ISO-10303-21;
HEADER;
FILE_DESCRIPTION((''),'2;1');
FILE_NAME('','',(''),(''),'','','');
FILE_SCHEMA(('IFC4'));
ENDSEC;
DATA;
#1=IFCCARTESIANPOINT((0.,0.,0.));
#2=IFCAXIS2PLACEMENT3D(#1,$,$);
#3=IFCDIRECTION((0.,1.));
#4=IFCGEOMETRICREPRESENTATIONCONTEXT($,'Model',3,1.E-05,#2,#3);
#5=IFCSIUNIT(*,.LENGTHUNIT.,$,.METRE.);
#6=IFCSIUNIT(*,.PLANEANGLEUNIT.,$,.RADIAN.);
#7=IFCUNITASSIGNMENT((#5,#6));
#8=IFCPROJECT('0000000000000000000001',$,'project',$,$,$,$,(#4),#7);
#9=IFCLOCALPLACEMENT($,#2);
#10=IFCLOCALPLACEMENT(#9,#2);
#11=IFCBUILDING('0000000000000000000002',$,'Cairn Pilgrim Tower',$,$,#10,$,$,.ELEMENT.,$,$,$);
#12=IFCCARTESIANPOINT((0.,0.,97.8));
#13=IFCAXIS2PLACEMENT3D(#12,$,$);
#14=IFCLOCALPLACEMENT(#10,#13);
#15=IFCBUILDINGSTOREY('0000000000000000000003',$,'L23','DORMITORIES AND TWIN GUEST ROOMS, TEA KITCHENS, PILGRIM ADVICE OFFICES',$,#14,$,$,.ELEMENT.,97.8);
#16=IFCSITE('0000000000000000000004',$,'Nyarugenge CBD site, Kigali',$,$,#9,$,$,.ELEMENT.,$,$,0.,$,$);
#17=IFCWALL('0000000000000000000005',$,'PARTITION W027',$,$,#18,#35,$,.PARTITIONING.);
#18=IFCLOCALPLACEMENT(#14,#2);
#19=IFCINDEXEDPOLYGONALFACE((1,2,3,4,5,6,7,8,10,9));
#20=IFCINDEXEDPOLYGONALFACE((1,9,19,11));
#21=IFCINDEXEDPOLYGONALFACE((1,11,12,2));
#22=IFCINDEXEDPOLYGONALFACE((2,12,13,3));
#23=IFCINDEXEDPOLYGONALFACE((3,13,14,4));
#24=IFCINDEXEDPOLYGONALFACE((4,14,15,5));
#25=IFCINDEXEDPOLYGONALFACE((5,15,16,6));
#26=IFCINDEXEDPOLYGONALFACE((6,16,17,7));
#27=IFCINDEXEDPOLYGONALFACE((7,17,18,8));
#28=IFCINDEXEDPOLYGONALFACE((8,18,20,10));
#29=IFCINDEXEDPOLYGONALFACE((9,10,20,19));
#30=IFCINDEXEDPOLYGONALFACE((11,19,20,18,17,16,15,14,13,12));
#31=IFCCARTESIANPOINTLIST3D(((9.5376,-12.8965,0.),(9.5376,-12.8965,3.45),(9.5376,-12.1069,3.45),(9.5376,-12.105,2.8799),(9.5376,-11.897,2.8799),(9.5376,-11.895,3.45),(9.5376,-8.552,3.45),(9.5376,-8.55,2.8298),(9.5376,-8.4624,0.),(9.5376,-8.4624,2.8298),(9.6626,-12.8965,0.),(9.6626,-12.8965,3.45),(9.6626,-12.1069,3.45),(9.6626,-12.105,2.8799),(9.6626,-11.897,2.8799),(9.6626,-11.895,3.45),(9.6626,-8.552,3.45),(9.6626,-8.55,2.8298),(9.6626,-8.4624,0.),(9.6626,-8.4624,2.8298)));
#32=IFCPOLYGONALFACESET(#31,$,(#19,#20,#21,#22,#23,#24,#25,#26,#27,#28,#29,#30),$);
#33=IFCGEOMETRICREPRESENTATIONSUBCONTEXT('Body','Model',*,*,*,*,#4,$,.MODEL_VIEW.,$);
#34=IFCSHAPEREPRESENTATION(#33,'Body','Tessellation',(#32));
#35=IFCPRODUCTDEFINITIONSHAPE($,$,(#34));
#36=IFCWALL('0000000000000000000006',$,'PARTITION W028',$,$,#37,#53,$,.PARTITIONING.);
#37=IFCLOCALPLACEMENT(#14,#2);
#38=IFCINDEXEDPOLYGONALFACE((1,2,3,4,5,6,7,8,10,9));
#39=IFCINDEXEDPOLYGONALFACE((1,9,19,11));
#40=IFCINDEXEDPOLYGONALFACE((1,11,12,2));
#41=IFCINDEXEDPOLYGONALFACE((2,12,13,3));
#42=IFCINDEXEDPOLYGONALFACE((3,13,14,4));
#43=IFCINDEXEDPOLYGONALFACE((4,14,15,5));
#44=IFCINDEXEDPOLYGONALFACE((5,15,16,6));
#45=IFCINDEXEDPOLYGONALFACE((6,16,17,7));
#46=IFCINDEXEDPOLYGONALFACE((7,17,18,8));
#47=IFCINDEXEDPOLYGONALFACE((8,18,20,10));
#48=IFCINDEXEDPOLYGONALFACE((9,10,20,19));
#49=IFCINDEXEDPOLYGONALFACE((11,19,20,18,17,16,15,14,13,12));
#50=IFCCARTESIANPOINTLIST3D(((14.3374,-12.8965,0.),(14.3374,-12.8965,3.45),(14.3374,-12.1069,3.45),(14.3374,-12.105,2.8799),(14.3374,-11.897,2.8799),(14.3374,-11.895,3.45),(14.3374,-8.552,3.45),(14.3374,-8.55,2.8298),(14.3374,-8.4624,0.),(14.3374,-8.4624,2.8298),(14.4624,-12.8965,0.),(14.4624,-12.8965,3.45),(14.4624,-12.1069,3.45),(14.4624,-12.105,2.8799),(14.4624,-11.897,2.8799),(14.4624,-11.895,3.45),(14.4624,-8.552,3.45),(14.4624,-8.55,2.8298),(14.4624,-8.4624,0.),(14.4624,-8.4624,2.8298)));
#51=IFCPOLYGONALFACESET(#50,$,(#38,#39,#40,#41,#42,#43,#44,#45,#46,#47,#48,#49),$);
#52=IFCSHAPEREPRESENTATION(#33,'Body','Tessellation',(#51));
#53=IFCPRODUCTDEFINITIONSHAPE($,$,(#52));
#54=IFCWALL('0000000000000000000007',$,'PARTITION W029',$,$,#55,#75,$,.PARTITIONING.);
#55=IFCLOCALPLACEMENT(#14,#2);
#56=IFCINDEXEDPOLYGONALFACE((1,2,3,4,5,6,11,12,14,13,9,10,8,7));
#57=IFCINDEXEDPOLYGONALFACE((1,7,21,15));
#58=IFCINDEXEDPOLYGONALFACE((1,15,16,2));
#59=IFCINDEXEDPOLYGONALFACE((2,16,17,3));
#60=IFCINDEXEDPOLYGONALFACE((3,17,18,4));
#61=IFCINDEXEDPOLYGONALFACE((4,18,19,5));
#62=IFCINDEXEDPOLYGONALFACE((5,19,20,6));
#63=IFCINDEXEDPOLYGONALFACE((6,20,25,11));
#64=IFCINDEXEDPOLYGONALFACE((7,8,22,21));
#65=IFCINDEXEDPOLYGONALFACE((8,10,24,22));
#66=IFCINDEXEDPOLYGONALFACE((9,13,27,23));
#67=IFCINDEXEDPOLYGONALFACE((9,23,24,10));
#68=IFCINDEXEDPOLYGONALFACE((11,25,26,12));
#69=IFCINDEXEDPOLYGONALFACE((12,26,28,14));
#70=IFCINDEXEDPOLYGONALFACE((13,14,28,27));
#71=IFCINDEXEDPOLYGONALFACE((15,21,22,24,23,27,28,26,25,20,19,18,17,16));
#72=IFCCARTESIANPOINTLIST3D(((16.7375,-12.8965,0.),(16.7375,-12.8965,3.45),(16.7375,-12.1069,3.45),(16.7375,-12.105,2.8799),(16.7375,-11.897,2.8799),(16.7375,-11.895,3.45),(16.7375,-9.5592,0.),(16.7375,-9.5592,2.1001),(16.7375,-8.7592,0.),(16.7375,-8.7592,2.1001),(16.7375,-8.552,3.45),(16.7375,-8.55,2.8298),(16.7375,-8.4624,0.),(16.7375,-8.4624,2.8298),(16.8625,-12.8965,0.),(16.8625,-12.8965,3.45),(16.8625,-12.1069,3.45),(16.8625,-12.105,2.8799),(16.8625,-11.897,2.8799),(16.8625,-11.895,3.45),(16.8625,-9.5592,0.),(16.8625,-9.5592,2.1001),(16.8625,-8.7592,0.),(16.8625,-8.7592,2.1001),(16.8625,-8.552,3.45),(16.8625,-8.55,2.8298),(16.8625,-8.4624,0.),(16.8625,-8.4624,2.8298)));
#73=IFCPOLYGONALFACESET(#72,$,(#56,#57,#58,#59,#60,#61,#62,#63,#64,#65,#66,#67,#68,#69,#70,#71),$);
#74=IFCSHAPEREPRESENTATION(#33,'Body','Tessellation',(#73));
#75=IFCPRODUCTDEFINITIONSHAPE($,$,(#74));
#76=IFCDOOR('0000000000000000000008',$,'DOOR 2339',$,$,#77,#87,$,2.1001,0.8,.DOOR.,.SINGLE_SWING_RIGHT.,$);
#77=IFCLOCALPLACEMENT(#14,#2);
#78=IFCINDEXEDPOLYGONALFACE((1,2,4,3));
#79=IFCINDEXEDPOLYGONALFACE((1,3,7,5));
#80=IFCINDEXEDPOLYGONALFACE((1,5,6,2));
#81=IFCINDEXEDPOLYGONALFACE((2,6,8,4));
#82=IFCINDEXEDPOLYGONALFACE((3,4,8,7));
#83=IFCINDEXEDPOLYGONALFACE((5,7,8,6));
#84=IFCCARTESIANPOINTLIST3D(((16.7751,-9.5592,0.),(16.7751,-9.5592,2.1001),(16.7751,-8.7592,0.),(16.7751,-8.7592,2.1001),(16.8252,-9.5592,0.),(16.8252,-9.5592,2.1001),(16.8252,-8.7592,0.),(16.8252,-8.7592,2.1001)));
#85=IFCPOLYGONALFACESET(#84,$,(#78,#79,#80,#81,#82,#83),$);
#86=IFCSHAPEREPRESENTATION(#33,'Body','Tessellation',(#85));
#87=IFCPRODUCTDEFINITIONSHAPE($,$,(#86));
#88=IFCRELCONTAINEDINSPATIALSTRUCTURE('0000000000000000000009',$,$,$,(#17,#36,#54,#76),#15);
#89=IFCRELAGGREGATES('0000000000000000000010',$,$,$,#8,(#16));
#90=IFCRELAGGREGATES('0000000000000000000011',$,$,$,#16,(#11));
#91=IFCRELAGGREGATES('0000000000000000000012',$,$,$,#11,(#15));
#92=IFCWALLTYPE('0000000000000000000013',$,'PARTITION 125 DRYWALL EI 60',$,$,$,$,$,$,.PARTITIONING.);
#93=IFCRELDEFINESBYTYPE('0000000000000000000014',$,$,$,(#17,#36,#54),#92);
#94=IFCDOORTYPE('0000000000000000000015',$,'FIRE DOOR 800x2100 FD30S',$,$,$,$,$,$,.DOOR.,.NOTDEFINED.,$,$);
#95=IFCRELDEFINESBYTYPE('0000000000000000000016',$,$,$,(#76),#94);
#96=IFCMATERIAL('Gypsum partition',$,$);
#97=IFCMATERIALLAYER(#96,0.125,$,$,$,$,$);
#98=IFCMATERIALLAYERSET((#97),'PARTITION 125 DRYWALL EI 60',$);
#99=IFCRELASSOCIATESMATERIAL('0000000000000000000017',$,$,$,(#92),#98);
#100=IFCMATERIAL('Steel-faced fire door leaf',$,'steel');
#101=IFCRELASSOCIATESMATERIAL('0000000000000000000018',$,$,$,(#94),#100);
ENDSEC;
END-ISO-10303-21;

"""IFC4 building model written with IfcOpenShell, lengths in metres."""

from ifc_helpers import new_model, si_unit, direction, frame, frame_2d, origin, place, context, subcontext, project, spatial, polyline, rectangle, outline, extrude, material, layer, layer_set, type_object, element, fill, save


model = new_model("IFC4")

# Units and contexts
model_context = context("Model", 3, precision=1e-05, world=origin(), true_north=direction((0.0, 1.0)))
body_context = subcontext(model_context, "Body", "Model", "MODEL_VIEW")
ifc_project = project(units=[si_unit("LENGTHUNIT", "METRE"), si_unit("PLANEANGLEUNIT", "RADIAN")], contexts=[model_context])

# Site, building, storey
site_placement = place(None, origin())
site = spatial("IfcSite", under=ifc_project, at=site_placement, Name="Nyarugenge CBD site, Kigali", CompositionType="ELEMENT", RefElevation=0.0)
building_placement = place(site_placement, origin())
building = spatial("IfcBuilding", under=site, at=building_placement, Name="Cairn Pilgrim Tower", CompositionType="ELEMENT")
storey_placement = place(building_placement, frame((0.0, 0.0, 97.8)))
storey = spatial("IfcBuildingStorey", under=building, at=storey_placement, Name="L23", Description="DORMITORIES AND TWIN GUEST ROOMS, TEA KITCHENS, PILGRIM ADVICE OFFICES", CompositionType="ELEMENT", Elevation=97.8)

# Shared definitions
ifc_material_1 = material(Name="Gypsum partition")
ifc_layer_1 = layer(ifc_material_1, 0.125)
ifc_layer_set_1 = layer_set([ifc_layer_1], Name="PARTITION 125 DRYWALL EI 60")
wall_type_1 = type_object("IfcWallType", Name="PARTITION 125 DRYWALL EI 60", PredefinedType="PARTITIONING", material=ifc_layer_set_1)

# Shared definitions
ifc_material_2 = material(Name="Steel-faced fire door leaf", Category="steel")
door_type_1 = type_object("IfcDoorType", Name="FIRE DOOR 800x2100 FD30S", OperationType="NOTDEFINED", PredefinedType="DOOR", material=ifc_material_2)

# Walls
for number, where, z_axis, x_axis, name in (
    (1, (9.6001, -12.8965, 0.0), (0.0, 0.0, 1.0), (0.0, 1.0, 0.0), "PARTITION W027"),
    (2, (14.3999, -12.8965, 0.0), (0.0, 0.0, 1.0), (0.0, 1.0, 0.0), "PARTITION W028"),
):
    element("IfcWall", number, at=place(storey_placement, frame(where, z_axis=z_axis, x_axis=x_axis)), inside=storey, type_object=wall_type_1, Name=name, PredefinedType="PARTITIONING", context=body_context, shape_type="SweptSolid", body=[
        extrude(outline(polyline([(0.0, 0.0), (4.4341, 0.0), (4.4341, 2.8298), (4.3464, 2.8298), (4.3445, 3.45), (1.0015, 3.45), (0.9995, 2.8799), (0.7915, 2.8799), (0.7896, 3.45), (0.0, 3.45), (0.0, 0.0)])), frame((0.0, 0.0625, 0.0), z_axis=(0.0, -1.0, 0.0), x_axis=(1.0, 0.0, 0.0)), (0.0, 0.0, 1.0), 0.125),
    ])

# Wall, opening, door
wall_1_placement = place(storey_placement, frame((16.8, -12.8965, 0.0), z_axis=(0.0, 0.0, 1.0), x_axis=(0.0, 1.0, 0.0)))
wall_1 = element("IfcWall", 3, at=wall_1_placement, inside=storey, type_object=wall_type_1, Name="PARTITION W029", PredefinedType="PARTITIONING", context=body_context, shape_type="SweptSolid", body=[
    extrude(outline(polyline([(0.0, 0.0), (4.4341, 0.0), (4.4341, 2.8298), (4.3464, 2.8298), (4.3445, 3.45), (1.0015, 3.45), (0.9995, 2.8799), (0.7915, 2.8799), (0.7896, 3.45), (0.0, 3.45), (0.0, 0.0)])), frame((0.0, 0.0625, 0.0), z_axis=(0.0, -1.0, 0.0), x_axis=(1.0, 0.0, 0.0)), (0.0, 0.0, 1.0), 0.125),
])
opening_1_placement = place(wall_1_placement, frame((3.3374, 0.0, 0.0)))
opening_1 = element("IfcOpeningElement", 4, at=opening_1_placement, cuts=wall_1, PredefinedType="OPENING", context=body_context, shape_type="SweptSolid", body=[
    extrude(rectangle(XDim=0.8, YDim=2.1001, at=frame_2d((0.3999, 1.05))), frame((0.0, 0.0725, 0.0), z_axis=(0.0, -1.0, 0.0), x_axis=(1.0, 0.0, 0.0)), (0.0, 0.0, 1.0), 0.145),
])
door_1_placement = place(opening_1_placement, origin())
door_1 = element("IfcDoor", 5, at=door_1_placement, inside=storey, type_object=door_type_1, Name="DOOR 2339", OperationType="SINGLE_SWING_RIGHT", OverallHeight=2.1001, OverallWidth=0.8, PredefinedType="DOOR", context=body_context, shape_type="SweptSolid", body=[
    extrude(rectangle(XDim=0.8, YDim=2.1001, at=frame_2d((0.3999, 1.05))), frame((0.0, 0.0249, 0.0), z_axis=(0.0, -1.0, 0.0), x_axis=(1.0, 0.0, 0.0)), (0.0, 0.0, 1.0), 0.05),
])
fill(opening_1, door_1)

save(model, "model.ifc")
